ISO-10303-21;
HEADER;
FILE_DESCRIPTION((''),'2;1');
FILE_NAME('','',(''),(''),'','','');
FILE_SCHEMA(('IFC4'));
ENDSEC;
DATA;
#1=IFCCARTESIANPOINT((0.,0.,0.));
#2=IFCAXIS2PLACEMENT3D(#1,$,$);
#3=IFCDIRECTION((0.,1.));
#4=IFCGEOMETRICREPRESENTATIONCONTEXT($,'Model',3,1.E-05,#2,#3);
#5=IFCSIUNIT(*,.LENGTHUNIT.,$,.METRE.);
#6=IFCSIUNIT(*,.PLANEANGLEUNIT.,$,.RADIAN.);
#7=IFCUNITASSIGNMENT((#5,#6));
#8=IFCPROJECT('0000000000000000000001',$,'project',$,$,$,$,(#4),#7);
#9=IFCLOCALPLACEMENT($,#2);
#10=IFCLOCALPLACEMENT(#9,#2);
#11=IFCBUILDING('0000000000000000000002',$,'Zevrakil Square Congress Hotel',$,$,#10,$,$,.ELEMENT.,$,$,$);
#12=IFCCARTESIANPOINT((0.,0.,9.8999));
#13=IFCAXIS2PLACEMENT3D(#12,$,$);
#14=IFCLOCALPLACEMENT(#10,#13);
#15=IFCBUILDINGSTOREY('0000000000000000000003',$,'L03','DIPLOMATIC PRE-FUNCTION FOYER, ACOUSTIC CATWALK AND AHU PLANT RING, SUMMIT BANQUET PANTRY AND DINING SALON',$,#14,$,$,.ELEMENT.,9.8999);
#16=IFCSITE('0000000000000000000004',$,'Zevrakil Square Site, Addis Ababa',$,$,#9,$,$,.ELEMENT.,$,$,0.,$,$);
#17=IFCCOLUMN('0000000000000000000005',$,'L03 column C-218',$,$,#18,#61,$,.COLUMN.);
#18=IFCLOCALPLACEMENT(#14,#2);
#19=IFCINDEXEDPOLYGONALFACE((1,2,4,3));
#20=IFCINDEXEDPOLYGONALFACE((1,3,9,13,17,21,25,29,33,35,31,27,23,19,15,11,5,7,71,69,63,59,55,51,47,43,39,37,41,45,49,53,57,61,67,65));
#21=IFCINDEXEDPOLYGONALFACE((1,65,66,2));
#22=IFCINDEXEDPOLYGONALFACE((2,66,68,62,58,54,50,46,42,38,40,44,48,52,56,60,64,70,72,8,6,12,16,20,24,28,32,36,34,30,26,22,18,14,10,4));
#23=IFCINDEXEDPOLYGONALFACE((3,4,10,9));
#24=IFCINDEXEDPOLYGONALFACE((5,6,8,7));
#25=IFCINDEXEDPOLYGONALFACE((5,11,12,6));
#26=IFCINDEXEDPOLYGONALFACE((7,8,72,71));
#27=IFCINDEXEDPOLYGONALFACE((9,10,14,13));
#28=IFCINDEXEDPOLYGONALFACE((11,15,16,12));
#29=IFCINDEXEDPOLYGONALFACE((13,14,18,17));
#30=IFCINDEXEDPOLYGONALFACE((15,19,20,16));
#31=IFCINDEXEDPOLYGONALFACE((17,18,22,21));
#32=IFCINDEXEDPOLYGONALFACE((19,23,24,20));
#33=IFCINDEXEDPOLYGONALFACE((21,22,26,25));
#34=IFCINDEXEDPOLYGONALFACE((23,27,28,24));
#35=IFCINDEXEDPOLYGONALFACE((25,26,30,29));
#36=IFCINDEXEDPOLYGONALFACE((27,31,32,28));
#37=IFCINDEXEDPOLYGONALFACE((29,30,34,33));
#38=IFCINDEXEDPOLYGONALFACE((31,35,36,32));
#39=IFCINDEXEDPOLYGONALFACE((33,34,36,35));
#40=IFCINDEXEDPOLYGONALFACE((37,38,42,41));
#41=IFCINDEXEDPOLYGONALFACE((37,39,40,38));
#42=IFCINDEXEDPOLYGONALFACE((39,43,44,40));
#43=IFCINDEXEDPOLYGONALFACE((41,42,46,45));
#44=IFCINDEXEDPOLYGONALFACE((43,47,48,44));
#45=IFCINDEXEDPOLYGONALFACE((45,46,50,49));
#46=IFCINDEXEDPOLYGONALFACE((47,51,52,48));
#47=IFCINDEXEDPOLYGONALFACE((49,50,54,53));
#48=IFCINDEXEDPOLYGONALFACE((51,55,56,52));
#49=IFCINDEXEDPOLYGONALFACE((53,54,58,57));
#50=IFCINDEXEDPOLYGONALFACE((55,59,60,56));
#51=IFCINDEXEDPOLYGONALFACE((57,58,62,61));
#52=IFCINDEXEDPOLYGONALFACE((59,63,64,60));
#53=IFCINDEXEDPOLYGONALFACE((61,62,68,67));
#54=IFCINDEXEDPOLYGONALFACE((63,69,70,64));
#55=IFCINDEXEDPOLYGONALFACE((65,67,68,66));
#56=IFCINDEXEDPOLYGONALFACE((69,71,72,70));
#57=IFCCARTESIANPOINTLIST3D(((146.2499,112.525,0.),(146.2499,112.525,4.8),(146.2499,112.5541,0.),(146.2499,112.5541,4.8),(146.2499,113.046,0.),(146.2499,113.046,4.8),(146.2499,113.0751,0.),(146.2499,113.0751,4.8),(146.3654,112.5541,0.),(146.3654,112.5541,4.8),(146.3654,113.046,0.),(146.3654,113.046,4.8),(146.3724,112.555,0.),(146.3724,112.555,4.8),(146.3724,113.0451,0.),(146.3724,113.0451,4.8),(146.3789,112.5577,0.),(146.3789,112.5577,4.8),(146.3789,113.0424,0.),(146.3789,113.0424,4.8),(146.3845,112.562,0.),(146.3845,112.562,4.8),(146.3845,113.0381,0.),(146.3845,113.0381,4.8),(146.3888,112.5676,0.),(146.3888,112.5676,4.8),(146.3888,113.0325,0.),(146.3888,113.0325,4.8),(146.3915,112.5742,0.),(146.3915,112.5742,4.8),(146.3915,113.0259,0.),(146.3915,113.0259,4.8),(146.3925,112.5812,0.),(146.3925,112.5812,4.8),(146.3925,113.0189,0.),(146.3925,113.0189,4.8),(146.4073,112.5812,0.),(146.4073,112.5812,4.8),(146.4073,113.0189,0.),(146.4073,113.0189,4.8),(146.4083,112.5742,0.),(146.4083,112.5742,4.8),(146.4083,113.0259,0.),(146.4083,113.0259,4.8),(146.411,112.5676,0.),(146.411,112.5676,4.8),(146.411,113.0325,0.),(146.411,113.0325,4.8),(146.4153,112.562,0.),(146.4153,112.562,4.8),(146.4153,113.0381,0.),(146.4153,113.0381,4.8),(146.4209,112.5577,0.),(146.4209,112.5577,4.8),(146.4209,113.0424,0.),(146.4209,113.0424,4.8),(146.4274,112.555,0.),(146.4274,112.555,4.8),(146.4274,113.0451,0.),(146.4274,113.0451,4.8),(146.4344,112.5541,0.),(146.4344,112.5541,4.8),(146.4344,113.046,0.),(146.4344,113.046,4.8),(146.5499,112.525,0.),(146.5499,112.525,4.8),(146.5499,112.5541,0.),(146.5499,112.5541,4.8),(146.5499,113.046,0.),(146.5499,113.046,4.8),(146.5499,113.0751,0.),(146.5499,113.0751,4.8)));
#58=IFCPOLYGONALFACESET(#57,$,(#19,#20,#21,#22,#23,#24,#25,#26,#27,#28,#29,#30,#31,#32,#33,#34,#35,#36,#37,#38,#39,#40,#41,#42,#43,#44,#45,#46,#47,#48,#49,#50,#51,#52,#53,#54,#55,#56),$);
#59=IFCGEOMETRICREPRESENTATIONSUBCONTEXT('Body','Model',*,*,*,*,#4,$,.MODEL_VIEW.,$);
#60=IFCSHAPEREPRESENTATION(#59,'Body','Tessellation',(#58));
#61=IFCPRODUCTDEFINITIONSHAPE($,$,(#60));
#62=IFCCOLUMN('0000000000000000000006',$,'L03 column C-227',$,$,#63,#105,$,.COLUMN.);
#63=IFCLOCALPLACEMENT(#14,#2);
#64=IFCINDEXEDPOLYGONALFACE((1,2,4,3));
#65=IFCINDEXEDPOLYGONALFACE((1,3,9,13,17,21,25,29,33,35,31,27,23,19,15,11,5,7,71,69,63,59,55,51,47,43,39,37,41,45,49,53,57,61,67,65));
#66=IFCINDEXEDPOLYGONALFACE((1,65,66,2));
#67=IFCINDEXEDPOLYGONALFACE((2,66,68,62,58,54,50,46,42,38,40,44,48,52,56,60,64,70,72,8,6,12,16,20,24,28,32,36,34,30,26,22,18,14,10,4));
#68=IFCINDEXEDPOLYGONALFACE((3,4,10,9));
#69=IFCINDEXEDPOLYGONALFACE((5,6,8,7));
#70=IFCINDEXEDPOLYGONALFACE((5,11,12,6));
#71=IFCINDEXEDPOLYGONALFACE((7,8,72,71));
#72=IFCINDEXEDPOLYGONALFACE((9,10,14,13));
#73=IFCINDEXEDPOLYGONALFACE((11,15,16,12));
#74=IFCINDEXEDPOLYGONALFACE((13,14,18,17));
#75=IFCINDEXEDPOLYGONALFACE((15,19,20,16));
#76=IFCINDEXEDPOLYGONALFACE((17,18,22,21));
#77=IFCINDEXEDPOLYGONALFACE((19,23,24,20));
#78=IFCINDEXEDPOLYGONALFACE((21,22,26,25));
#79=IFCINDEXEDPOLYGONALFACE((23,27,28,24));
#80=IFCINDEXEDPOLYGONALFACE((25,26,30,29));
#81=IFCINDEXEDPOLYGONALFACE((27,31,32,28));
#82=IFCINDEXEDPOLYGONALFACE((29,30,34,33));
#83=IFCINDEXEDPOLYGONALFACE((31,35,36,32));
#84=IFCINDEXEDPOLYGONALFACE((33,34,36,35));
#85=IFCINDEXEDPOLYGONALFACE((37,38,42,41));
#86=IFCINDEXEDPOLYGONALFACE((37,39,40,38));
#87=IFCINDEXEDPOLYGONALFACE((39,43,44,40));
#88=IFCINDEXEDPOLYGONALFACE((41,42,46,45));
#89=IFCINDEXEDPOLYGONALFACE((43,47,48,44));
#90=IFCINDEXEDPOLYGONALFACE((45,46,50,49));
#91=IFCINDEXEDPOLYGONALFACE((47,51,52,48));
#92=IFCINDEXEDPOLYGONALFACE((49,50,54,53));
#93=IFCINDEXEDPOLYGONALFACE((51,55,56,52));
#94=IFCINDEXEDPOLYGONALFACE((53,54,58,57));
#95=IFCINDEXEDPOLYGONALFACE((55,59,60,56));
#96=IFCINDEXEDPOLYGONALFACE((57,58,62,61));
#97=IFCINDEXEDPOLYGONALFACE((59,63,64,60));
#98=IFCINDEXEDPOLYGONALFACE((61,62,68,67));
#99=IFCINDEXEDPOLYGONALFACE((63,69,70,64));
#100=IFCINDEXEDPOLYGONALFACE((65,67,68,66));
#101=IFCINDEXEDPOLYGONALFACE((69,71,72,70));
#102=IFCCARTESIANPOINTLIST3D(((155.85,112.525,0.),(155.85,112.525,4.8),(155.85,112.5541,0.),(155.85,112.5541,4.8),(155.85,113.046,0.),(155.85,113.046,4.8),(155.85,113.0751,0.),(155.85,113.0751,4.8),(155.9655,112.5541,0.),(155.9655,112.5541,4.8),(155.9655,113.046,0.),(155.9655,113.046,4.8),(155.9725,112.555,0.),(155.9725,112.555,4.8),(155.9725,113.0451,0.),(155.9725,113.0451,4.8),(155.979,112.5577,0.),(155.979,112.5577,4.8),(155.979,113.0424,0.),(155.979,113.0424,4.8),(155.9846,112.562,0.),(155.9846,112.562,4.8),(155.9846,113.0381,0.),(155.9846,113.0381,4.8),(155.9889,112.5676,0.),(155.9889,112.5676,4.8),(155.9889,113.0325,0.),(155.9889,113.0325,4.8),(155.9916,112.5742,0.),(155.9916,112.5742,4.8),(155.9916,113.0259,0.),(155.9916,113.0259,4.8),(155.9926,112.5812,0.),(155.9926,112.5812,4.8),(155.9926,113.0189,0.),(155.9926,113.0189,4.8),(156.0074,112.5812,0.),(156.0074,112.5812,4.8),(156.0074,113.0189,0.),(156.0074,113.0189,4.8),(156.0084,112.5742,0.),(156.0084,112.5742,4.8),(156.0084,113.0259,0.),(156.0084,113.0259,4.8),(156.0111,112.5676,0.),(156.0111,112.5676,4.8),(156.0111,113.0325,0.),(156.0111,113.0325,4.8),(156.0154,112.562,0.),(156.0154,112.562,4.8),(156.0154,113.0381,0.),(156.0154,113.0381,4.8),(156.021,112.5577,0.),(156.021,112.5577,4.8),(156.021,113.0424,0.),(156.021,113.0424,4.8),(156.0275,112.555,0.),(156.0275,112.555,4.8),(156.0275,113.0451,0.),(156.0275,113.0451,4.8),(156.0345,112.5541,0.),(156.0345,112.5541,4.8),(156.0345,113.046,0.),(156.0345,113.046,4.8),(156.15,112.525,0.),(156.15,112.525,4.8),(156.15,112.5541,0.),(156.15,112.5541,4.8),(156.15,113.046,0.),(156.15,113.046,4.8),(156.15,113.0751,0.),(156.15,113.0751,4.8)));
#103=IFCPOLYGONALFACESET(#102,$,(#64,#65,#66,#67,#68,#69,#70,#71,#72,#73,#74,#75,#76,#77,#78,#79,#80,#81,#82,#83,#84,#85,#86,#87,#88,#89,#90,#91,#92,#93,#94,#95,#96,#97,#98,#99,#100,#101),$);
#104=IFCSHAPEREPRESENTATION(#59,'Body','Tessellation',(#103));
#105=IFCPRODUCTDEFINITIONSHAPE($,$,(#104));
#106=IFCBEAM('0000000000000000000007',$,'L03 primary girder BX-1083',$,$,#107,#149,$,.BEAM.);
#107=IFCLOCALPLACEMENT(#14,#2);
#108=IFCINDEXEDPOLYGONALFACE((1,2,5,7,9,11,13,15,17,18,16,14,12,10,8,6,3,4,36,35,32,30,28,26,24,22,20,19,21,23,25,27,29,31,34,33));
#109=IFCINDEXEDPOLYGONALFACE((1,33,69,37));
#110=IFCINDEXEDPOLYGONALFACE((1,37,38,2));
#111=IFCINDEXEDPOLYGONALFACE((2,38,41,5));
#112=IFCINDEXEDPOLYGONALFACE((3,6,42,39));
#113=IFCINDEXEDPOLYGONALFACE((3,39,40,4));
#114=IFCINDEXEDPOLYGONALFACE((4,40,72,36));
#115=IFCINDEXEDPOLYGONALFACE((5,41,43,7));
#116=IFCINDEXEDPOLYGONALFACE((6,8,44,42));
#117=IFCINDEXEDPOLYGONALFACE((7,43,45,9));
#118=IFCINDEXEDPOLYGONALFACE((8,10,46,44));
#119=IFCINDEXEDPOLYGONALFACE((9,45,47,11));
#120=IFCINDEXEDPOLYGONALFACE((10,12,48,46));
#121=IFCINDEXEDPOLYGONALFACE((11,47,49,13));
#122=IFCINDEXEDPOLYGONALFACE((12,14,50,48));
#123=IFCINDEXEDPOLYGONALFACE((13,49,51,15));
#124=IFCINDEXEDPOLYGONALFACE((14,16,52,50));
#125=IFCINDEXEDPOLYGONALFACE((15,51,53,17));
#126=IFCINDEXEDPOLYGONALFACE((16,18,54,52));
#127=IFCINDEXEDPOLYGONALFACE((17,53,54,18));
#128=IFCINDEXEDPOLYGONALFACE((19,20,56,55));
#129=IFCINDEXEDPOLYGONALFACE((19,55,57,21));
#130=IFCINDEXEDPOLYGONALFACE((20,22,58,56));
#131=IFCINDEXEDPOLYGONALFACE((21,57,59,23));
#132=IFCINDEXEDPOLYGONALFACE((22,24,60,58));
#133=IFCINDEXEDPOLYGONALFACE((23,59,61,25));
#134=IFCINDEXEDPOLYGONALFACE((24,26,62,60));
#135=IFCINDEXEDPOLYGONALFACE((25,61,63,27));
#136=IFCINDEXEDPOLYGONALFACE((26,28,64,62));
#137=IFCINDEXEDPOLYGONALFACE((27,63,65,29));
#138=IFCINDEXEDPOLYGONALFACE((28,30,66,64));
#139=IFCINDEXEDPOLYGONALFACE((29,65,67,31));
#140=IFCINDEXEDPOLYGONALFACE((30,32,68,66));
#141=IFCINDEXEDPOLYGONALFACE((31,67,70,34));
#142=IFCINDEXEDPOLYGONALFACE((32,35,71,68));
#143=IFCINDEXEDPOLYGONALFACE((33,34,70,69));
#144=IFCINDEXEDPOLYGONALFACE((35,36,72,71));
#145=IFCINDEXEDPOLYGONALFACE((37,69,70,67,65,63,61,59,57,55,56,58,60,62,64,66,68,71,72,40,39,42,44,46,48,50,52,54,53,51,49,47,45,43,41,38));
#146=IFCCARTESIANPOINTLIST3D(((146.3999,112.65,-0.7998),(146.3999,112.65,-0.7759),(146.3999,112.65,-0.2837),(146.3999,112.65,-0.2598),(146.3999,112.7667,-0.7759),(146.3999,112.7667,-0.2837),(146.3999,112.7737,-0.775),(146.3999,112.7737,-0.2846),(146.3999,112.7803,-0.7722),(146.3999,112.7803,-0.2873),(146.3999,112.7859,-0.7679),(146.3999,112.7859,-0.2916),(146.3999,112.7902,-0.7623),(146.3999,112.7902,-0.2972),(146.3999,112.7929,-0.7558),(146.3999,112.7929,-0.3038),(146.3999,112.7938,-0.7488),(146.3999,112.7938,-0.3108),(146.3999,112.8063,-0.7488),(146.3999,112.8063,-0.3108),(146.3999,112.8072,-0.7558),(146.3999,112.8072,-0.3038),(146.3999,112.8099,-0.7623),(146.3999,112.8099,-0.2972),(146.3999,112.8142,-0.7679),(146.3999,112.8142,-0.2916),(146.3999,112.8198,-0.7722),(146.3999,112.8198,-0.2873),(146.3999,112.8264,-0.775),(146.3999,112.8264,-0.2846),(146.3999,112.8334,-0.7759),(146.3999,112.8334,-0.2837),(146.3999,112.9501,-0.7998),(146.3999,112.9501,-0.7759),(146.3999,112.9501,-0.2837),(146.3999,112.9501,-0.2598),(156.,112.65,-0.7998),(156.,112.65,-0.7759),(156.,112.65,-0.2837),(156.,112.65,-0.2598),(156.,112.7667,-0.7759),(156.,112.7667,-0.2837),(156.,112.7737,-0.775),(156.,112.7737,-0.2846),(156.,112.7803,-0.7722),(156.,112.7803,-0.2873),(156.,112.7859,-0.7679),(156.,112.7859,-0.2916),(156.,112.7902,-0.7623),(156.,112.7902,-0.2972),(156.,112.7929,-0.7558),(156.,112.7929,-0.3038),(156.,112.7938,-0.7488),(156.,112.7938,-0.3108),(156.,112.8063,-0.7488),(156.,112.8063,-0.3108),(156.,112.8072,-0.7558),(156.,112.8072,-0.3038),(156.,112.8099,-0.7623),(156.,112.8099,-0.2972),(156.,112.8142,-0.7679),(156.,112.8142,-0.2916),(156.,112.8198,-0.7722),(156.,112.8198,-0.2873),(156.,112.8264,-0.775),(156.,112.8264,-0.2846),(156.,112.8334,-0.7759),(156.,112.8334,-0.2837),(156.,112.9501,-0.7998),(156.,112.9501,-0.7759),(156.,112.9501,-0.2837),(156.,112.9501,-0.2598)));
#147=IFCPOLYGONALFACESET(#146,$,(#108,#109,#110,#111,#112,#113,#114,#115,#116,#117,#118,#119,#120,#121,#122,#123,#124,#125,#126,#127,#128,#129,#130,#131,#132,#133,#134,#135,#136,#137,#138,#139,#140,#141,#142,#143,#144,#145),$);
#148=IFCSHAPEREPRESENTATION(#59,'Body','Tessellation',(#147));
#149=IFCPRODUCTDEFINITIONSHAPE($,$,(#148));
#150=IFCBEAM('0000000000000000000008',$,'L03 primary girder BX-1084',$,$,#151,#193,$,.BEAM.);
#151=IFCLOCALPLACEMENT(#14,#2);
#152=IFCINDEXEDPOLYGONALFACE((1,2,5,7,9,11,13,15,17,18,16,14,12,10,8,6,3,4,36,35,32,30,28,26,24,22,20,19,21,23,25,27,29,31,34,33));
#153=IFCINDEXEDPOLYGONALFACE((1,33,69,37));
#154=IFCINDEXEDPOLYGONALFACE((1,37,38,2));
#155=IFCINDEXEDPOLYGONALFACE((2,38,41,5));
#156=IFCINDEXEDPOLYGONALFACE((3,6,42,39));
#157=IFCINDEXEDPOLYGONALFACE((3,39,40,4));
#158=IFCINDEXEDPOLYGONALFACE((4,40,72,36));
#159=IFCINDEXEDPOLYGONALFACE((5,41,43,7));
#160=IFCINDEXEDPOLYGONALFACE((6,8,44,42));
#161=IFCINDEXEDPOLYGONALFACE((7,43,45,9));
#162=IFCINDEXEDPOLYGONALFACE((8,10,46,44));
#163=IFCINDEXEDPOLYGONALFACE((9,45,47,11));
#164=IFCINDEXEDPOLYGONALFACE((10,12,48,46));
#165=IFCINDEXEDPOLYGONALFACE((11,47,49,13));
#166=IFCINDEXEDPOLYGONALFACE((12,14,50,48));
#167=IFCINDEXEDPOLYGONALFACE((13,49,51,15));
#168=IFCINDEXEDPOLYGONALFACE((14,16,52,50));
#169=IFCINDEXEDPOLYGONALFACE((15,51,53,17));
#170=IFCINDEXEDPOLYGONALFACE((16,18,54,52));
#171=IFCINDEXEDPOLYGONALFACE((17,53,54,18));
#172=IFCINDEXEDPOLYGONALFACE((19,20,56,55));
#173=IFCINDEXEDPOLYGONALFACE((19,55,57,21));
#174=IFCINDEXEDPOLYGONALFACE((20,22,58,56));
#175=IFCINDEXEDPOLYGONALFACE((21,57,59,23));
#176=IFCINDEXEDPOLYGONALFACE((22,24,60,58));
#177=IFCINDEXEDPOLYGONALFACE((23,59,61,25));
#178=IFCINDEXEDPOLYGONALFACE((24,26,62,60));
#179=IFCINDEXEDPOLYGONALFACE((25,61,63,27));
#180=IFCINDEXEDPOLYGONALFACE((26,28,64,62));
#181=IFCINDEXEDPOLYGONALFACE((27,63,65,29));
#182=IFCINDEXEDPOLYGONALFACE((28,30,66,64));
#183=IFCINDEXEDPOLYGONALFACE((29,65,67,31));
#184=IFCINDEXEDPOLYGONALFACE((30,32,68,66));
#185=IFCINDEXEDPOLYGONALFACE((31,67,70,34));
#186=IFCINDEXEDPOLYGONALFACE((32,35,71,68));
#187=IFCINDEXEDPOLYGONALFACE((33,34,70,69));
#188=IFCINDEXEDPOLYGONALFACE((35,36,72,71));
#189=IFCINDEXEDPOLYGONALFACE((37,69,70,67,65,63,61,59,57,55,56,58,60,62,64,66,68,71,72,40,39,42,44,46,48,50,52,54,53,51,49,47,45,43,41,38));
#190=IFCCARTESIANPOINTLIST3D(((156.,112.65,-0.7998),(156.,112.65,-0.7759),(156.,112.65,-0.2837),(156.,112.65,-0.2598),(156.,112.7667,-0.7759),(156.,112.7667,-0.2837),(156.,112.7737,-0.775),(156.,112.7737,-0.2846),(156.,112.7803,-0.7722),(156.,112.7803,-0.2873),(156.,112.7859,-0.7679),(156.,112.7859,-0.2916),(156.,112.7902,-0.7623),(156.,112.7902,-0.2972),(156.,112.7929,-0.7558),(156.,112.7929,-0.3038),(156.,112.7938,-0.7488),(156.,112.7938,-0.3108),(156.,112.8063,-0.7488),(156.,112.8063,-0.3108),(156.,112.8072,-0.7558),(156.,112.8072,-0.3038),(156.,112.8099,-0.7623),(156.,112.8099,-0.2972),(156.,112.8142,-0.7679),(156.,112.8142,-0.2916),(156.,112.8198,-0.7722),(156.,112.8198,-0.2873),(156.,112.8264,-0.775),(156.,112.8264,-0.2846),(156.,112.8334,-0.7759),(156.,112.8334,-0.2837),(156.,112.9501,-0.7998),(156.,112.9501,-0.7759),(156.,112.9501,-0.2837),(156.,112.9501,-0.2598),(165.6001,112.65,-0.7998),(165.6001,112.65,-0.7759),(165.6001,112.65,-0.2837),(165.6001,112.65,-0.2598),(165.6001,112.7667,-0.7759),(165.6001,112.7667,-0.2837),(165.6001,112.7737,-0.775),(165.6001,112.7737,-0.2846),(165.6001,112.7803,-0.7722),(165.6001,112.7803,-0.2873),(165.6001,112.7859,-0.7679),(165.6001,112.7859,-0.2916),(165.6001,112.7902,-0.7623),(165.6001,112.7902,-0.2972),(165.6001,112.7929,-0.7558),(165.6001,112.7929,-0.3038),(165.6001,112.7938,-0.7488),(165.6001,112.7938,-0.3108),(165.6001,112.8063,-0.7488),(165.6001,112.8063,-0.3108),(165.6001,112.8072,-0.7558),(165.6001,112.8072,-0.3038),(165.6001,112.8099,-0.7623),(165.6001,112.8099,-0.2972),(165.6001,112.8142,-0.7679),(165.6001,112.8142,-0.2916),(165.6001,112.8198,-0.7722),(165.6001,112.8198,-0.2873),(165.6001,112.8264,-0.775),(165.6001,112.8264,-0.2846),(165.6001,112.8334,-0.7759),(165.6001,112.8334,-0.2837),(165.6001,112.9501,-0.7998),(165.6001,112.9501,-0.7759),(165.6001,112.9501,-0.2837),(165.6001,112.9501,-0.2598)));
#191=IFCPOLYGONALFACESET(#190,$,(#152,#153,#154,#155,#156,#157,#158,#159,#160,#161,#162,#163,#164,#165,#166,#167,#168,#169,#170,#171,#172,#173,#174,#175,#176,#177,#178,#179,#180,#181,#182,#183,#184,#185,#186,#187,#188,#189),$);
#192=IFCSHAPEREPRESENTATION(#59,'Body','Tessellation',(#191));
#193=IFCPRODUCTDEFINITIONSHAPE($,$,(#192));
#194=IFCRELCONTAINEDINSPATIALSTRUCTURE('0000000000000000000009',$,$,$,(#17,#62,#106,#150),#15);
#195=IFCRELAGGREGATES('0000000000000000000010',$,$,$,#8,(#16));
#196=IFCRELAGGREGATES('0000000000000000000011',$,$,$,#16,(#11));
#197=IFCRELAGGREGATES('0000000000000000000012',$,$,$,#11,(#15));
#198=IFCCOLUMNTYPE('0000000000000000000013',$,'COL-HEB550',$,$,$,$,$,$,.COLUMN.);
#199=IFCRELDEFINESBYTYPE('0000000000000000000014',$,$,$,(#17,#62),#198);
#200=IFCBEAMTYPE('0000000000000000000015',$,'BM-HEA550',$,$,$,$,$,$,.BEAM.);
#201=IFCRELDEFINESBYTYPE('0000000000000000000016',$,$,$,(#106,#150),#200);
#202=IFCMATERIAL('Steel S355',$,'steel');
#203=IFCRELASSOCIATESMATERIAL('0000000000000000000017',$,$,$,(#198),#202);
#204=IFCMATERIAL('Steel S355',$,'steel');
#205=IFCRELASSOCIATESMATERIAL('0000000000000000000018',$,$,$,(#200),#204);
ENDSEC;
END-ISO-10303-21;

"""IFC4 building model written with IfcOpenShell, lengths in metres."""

from ifc_helpers import new_model, si_unit, direction, frame, origin, origin_2d, place, context, subcontext, project, spatial, i_section, extrude, material, material_profile, profile_set, type_object, element, save


model = new_model("IFC4")

# Units and contexts
model_context = context("Model", 3, precision=1e-05, world=origin(), true_north=direction((0.0, 1.0)))
body_context = subcontext(model_context, "Body", "Model", "MODEL_VIEW")
ifc_project = project(units=[si_unit("LENGTHUNIT", "METRE"), si_unit("PLANEANGLEUNIT", "RADIAN")], contexts=[model_context])

# Site, building, storey
site_placement = place(None, origin())
site = spatial("IfcSite", under=ifc_project, at=site_placement, Name="Zevrakil Square Site, Addis Ababa", CompositionType="ELEMENT", RefElevation=0.0)
building_placement = place(site_placement, origin())
building = spatial("IfcBuilding", under=site, at=building_placement, Name="Zevrakil Square Congress Hotel", CompositionType="ELEMENT")
storey_placement = place(building_placement, frame((0.0, 0.0, 9.8999)))
storey = spatial("IfcBuildingStorey", under=building, at=storey_placement, Name="L03", Description="DIPLOMATIC PRE-FUNCTION FOYER, ACOUSTIC CATWALK AND AHU PLANT RING, SUMMIT BANQUET PANTRY AND DINING SALON", CompositionType="ELEMENT", Elevation=9.8999)

# Columns
ifc_material_1 = material(Name="Steel S355", Category="steel")
ifc_material_profile_1 = material_profile(ifc_material_1, i_section(OverallWidth=0.3, OverallDepth=0.55, WebThickness=0.0149, FlangeThickness=0.0291, FilletRadius=0.0271, at=origin_2d()), Name="HEB 550")
ifc_profile_set_1 = profile_set([ifc_material_profile_1], Name="Steel S355")
column_type = type_object("IfcColumnType", Name="COL-HEB550", PredefinedType="COLUMN", material=ifc_profile_set_1)
for number, where, z_axis, x_axis, name in (
    (1, (146.3999, 112.8, 0.0), (0.0, 0.0, 1.0), (1.0, 0.0, 0.0), "L03 column C-218"),
    (2, (156.0, 112.8, 0.0), (0.0, 0.0, 1.0), (1.0, 0.0, 0.0), "L03 column C-227"),
):
    element("IfcColumn", number, at=place(storey_placement, frame(where, z_axis=z_axis, x_axis=x_axis)), inside=storey, type_object=column_type, Name=name, PredefinedType="COLUMN", context=body_context, shape_type="SweptSolid", body=[
        extrude(i_section(OverallWidth=0.3, OverallDepth=0.55, WebThickness=0.0149, FlangeThickness=0.0291, FilletRadius=0.0271, at=origin_2d()), origin(), (0.0, 0.0, 1.0), 4.8),
    ])

# Beams
ifc_material_2 = material(Name="Steel S355", Category="steel")
ifc_material_profile_2 = material_profile(ifc_material_2, i_section(OverallWidth=0.3, OverallDepth=0.54, WebThickness=0.0125, FlangeThickness=0.0239, FilletRadius=0.0271, at=origin_2d()), Name="HEA 550")
ifc_profile_set_2 = profile_set([ifc_material_profile_2], Name="Steel S355")
beam_type = type_object("IfcBeamType", Name="BM-HEA550", PredefinedType="BEAM", material=ifc_profile_set_2)
for number, where, z_axis, x_axis, name in (
    (3, (146.3999, 112.8, -0.5298), (1.0, 0.0, 0.0), (0.0, 1.0, 0.0), "L03 primary girder BX-1083"),
    (4, (156.0, 112.8, -0.5298), (1.0, 0.0, 0.0), (0.0, 1.0, 0.0), "L03 primary girder BX-1084"),
):
    element("IfcBeam", number, at=place(storey_placement, frame(where, z_axis=z_axis, x_axis=x_axis)), inside=storey, type_object=beam_type, Name=name, PredefinedType="BEAM", context=body_context, shape_type="SweptSolid", body=[
        extrude(i_section(OverallWidth=0.3, OverallDepth=0.54, WebThickness=0.0125, FlangeThickness=0.0239, FilletRadius=0.0271, at=origin_2d()), origin(), (0.0, 0.0, 1.0), 9.6001),
    ])

save(model, "model.ifc")
